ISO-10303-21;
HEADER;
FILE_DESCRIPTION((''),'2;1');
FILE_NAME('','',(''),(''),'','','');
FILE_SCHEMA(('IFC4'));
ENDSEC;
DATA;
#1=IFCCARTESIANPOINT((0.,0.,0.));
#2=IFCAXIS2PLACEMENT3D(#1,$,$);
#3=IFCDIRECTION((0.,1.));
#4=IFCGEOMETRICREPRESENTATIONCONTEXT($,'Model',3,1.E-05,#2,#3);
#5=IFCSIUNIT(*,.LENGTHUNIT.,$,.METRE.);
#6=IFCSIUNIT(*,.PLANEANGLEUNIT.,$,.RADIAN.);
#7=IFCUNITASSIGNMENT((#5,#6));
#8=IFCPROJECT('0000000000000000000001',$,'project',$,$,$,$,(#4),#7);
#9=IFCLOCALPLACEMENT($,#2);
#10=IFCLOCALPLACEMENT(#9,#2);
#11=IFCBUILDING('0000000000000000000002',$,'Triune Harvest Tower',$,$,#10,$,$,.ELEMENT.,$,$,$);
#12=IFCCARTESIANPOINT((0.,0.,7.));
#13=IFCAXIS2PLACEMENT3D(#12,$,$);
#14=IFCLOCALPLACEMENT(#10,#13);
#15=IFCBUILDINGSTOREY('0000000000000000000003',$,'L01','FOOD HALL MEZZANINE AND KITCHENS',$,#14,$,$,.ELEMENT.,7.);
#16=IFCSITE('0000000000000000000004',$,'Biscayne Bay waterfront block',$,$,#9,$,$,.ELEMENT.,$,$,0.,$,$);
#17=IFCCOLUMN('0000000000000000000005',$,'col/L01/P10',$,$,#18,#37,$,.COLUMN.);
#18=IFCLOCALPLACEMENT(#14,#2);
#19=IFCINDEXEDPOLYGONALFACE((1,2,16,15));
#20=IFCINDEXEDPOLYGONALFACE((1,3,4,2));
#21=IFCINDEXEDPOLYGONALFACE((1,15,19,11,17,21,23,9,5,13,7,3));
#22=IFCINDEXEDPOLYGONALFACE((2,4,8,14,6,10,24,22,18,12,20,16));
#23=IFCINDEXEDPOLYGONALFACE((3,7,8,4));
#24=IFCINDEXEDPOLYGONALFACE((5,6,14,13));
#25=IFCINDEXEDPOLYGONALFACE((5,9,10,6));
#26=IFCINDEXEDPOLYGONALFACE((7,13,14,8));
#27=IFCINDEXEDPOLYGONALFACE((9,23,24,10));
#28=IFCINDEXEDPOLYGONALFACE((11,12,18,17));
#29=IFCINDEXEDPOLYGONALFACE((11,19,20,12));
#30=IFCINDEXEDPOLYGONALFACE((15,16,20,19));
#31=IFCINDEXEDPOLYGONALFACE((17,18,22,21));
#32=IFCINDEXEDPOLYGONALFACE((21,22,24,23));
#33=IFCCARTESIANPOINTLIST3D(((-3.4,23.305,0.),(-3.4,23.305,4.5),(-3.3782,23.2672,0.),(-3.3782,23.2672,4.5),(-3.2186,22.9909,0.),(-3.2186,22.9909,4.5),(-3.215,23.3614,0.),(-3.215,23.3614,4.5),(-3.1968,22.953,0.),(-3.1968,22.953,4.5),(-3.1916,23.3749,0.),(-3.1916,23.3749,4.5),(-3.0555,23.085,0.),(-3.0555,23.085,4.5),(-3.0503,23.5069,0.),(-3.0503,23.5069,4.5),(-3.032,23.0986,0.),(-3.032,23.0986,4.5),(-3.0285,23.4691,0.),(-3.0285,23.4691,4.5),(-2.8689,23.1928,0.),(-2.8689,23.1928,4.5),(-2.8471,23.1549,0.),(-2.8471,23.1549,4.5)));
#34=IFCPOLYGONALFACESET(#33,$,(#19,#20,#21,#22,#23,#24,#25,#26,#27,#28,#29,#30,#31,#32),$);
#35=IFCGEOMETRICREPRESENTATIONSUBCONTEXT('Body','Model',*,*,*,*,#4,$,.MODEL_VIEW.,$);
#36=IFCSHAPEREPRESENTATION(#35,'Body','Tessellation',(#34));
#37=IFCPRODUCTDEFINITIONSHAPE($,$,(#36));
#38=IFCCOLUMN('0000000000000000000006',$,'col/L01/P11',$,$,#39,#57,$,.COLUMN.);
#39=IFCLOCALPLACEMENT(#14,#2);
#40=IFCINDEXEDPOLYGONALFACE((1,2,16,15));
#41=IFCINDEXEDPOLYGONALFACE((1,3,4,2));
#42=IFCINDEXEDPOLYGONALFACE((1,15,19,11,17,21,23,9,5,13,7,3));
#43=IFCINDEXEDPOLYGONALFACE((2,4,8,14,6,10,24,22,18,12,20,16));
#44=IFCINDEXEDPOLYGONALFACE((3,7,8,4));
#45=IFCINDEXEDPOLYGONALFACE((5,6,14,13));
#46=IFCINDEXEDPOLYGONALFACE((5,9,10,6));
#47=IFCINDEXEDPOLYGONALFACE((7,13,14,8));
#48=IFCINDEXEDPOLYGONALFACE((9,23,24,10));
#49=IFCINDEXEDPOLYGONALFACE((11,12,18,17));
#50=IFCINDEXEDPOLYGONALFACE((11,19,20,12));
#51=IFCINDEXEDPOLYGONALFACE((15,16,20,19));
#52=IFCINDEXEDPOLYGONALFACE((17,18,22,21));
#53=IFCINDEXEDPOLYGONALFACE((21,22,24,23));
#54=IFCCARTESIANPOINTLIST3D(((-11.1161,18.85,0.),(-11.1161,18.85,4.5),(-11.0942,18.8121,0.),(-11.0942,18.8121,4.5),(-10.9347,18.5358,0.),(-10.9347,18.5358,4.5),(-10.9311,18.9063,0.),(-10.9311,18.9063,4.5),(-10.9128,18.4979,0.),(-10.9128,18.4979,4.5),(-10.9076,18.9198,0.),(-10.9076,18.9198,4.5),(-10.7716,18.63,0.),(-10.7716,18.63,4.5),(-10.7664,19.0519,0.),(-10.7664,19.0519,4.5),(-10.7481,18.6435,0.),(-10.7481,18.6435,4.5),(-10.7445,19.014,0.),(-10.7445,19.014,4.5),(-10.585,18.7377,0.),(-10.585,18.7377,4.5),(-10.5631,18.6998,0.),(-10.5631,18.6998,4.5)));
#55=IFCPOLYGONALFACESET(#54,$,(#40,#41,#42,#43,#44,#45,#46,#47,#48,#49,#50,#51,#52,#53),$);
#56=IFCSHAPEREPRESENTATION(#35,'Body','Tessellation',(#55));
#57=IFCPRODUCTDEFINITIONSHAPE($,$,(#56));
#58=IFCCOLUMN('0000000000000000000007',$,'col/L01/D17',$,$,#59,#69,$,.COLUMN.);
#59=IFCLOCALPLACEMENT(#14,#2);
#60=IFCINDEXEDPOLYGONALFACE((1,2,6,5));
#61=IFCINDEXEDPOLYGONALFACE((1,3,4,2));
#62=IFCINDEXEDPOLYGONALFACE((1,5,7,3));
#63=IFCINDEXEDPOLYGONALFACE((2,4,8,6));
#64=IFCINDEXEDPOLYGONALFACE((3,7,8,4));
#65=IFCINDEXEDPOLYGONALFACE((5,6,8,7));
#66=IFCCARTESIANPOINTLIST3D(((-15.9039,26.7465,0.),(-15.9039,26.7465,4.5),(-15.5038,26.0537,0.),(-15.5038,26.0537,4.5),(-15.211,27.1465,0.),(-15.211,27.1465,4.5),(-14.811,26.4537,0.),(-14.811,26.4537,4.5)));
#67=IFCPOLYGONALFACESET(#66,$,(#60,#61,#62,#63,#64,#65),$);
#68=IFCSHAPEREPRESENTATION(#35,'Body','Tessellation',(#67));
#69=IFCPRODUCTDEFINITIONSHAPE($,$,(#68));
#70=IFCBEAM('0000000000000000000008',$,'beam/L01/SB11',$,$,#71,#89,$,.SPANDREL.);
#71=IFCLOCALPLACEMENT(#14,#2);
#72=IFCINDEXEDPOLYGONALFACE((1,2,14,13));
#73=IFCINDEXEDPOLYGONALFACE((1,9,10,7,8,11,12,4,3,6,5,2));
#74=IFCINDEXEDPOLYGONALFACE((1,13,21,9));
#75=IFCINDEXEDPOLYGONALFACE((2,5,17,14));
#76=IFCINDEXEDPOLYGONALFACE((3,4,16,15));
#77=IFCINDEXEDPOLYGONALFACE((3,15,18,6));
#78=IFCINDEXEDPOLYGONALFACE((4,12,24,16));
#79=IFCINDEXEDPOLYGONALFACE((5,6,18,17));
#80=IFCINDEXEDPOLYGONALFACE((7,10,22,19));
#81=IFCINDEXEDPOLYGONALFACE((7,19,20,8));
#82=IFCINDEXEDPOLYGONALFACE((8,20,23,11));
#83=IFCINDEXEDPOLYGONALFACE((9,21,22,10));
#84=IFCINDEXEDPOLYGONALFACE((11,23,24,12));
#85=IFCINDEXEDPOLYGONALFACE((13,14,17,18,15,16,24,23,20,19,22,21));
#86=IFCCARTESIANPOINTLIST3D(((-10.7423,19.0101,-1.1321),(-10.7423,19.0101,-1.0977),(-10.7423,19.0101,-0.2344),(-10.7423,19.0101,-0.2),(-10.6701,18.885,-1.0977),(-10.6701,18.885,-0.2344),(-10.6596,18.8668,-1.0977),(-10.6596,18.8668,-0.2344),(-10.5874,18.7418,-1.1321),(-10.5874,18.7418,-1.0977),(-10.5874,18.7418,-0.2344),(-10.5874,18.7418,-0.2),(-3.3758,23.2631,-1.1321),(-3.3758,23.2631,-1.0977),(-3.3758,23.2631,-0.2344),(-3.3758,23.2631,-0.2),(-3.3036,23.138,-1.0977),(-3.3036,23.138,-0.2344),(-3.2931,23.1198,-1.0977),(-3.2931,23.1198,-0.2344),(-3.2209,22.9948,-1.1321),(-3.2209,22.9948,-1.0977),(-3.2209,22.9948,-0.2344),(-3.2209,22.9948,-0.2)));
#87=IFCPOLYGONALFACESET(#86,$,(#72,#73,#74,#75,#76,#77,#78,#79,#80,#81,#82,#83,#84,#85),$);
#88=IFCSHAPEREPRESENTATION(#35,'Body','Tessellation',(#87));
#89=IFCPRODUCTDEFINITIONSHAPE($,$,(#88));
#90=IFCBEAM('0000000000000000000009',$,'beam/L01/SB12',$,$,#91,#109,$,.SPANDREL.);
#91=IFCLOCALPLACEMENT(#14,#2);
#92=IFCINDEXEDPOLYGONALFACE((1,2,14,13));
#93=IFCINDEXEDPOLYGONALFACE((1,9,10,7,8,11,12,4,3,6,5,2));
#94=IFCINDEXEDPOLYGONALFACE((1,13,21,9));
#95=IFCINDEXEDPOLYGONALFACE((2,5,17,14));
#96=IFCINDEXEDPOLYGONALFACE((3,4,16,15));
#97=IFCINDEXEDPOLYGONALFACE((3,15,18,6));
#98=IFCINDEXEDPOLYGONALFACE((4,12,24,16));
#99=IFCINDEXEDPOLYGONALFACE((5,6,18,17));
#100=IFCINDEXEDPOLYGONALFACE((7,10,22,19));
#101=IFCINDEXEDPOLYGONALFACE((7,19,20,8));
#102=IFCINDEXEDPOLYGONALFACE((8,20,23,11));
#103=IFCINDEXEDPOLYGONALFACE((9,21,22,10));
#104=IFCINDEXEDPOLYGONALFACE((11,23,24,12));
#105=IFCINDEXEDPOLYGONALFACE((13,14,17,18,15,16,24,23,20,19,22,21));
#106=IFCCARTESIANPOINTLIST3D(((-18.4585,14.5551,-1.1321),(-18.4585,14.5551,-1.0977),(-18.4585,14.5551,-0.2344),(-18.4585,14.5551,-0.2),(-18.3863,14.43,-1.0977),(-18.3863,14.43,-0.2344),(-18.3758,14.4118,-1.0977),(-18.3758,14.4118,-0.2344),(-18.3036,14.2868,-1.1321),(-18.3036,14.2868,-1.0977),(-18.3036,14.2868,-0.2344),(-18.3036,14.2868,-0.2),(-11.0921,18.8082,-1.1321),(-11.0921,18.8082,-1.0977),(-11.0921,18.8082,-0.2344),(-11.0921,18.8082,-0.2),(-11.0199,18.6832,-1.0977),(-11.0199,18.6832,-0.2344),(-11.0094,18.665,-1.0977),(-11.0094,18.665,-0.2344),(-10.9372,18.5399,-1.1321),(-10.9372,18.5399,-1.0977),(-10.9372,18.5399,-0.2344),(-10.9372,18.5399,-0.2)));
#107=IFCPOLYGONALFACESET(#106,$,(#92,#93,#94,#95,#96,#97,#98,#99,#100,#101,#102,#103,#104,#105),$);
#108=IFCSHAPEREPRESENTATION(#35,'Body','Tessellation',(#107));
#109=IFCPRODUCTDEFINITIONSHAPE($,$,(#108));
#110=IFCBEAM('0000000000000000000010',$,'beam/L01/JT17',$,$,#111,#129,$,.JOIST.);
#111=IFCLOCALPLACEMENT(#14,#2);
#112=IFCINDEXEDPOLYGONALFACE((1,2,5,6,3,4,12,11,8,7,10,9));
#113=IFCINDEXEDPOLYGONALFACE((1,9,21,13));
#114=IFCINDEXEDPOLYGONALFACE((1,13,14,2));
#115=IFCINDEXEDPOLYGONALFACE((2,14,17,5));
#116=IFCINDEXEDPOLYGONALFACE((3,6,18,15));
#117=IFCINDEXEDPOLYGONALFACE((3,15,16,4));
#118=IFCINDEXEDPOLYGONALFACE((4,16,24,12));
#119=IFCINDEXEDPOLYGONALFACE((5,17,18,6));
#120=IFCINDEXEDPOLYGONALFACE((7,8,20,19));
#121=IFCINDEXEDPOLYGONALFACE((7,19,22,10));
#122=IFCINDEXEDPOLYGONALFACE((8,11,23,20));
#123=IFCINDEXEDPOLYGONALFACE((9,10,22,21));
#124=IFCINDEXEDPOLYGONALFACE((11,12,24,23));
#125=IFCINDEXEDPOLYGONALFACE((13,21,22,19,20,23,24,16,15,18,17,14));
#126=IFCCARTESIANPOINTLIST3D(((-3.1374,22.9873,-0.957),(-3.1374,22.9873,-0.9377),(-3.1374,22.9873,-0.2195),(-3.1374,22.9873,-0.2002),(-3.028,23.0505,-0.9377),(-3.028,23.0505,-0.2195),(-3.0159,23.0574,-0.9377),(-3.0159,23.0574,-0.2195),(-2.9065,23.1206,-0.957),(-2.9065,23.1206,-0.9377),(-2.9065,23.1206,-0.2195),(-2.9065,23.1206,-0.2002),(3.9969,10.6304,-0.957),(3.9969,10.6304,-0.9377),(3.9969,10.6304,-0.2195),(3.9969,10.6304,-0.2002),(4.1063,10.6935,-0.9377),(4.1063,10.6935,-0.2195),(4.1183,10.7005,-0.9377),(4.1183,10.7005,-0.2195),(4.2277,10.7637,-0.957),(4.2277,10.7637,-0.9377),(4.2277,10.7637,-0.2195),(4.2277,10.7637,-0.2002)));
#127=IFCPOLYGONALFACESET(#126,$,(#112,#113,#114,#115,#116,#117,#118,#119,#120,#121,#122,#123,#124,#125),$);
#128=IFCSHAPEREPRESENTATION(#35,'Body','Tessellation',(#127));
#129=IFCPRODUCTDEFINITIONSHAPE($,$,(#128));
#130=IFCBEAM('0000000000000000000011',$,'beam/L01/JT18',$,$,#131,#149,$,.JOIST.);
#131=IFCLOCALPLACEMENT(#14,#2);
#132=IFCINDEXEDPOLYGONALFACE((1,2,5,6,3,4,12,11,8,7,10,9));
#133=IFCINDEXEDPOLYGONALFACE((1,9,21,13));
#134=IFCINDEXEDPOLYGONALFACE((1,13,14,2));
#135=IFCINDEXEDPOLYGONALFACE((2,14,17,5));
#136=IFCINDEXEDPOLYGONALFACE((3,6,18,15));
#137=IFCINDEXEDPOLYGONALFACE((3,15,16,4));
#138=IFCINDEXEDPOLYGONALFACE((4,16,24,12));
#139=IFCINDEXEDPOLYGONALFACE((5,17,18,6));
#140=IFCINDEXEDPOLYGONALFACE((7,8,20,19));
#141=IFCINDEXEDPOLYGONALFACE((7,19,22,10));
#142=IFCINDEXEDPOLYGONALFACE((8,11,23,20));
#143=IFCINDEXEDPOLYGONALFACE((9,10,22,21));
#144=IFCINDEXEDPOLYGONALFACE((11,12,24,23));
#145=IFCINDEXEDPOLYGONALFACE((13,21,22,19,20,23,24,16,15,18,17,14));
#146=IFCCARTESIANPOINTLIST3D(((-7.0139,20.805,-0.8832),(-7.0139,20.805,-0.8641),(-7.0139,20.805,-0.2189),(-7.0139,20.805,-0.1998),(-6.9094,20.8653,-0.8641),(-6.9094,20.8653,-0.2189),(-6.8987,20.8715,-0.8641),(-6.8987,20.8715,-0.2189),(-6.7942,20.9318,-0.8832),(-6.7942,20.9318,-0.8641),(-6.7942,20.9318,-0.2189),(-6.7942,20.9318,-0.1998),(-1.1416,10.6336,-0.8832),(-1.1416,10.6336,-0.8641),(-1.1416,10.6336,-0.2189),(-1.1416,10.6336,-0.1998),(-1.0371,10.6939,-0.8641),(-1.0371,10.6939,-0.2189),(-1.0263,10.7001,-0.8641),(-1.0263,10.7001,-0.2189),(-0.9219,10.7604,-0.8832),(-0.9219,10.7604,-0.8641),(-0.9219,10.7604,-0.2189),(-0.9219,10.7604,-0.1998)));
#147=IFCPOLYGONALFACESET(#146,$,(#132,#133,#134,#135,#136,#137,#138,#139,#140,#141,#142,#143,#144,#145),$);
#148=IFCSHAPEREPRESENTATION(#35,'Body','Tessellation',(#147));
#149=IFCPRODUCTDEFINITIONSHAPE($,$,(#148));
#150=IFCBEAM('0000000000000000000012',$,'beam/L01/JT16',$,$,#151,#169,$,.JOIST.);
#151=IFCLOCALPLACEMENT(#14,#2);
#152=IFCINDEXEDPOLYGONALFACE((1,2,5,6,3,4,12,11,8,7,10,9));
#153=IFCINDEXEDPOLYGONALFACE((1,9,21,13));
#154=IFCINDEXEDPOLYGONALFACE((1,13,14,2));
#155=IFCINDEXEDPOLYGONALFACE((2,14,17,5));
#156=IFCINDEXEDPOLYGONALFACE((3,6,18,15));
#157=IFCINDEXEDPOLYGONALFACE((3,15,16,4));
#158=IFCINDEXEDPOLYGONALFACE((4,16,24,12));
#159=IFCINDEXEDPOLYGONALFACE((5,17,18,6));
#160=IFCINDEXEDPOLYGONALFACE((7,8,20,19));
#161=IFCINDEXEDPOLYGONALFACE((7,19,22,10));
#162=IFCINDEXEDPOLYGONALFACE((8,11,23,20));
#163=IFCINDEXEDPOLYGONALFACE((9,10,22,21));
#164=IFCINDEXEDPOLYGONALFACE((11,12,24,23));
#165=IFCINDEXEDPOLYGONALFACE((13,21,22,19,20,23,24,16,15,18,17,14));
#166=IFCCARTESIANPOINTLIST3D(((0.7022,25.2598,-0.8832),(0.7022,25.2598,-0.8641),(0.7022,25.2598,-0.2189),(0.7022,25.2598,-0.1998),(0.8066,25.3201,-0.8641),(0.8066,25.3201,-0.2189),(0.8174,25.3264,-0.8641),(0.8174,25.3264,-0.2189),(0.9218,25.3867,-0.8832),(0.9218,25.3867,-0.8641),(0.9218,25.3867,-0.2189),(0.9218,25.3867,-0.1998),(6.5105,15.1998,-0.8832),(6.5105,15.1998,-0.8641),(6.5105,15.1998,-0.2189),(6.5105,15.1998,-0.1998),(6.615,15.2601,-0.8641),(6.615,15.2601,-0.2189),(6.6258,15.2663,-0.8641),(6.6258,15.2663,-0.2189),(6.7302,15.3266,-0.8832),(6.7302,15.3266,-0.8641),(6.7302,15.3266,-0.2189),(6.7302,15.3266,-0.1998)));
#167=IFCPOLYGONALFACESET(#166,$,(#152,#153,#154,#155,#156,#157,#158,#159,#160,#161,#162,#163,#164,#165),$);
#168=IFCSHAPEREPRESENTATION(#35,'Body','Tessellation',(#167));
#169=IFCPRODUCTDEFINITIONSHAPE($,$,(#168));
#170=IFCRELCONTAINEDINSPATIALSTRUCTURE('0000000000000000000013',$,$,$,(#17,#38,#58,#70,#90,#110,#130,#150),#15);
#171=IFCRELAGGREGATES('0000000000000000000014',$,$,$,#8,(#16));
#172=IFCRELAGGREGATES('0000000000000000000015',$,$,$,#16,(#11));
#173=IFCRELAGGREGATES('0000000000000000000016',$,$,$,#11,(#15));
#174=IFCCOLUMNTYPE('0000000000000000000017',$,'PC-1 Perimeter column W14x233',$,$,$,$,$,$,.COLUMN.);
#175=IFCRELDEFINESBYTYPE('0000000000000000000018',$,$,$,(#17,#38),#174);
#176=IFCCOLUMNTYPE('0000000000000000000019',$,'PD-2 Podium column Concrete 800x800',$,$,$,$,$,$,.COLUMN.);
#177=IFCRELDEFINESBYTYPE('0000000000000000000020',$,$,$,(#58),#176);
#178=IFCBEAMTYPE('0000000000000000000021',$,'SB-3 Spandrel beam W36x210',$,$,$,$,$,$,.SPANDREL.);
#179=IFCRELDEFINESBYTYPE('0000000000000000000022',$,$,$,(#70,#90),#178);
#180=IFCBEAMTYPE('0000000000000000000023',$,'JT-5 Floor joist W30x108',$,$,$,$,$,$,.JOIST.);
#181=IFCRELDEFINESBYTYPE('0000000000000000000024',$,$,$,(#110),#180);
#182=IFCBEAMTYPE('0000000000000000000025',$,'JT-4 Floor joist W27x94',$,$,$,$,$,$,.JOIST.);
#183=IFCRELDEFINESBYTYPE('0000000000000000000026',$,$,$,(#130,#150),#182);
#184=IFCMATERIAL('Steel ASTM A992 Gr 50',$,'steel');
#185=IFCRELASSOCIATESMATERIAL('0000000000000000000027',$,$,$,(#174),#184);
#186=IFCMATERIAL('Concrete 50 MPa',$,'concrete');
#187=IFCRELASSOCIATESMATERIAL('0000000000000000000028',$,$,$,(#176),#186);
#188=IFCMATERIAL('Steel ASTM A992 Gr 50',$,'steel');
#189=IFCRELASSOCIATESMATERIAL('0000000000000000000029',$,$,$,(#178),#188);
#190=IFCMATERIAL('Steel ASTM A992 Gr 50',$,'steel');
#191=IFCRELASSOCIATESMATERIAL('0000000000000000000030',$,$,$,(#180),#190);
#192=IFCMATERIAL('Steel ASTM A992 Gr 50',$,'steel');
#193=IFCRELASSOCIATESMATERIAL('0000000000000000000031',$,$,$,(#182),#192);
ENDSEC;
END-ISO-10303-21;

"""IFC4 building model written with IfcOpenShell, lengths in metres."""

from ifc_helpers import new_model, si_unit, direction, frame, origin, origin_2d, place, context, subcontext, project, spatial, rectangle, i_section, extrude, source, transform, mapped, material, material_profile, profile_set, type_object, element, save


model = new_model("IFC4")

# Units and contexts
model_context = context("Model", 3, precision=1e-05, world=origin(), true_north=direction((0.0, 1.0)))
body_context = subcontext(model_context, "Body", "Model", "MODEL_VIEW")
ifc_project = project(units=[si_unit("LENGTHUNIT", "METRE"), si_unit("PLANEANGLEUNIT", "RADIAN")], contexts=[model_context])

# Site, building, storey
site_placement = place(None, origin())
site = spatial("IfcSite", under=ifc_project, at=site_placement, Name="Biscayne Bay waterfront block", CompositionType="ELEMENT", RefElevation=0.0)
building_placement = place(site_placement, origin())
building = spatial("IfcBuilding", under=site, at=building_placement, Name="Triune Harvest Tower", CompositionType="ELEMENT")
storey_placement = place(building_placement, frame((0.0, 0.0, 7.0)))
storey = spatial("IfcBuildingStorey", under=building, at=storey_placement, Name="L01", Description="FOOD HALL MEZZANINE AND KITCHENS", CompositionType="ELEMENT", Elevation=7.0)

# Columns
ifc_material_1 = material(Name="Steel ASTM A992 Gr 50", Category="steel")
ifc_material_profile_1 = material_profile(ifc_material_1, i_section(OverallWidth=0.4038, OverallDepth=0.4065, WebThickness=0.0271, FlangeThickness=0.0437, at=origin_2d()), Name="W14x233")
ifc_profile_set_1 = profile_set([ifc_material_profile_1], Name="Steel ASTM A992 Gr 50")
column_type_1 = type_object("IfcColumnType", Name="PC-1 Perimeter column W14x233", PredefinedType="COLUMN", material=ifc_profile_set_1)
shared_shape_1 = source(origin(), body_context, "Body", "SweptSolid", [
    extrude(i_section(OverallWidth=0.4038, OverallDepth=0.4065, WebThickness=0.0271, FlangeThickness=0.0437, at=origin_2d()), origin(), (0.0, 0.0, 1.0), 4.5),
])
for number, where, z_axis, x_axis, name in (
    (1, (-3.1235, 23.23, 0.0), (0.0, 0.0, 1.0), (-0.866025, -0.5, 0.0), "col/L01/P10"),
    (2, (-10.8396, 18.7749, 0.0), (0.0, 0.0, 1.0), (-0.866025, -0.5, 0.0), "col/L01/P11"),
):
    element("IfcColumn", number, at=place(storey_placement, frame(where, z_axis=z_axis, x_axis=x_axis)), inside=storey, type_object=column_type_1, Name=name, PredefinedType="COLUMN", context=body_context, shape_type="MappedRepresentation", body=[
        mapped(shared_shape_1, transform((0.0, 0.0, 0.0), scale=1.0)),
    ])
ifc_material_2 = material(Name="Concrete 50 MPa", Category="concrete")
ifc_material_profile_2 = material_profile(ifc_material_2, rectangle(XDim=0.8, YDim=0.8, at=origin_2d()), Name="Concrete 800x800")
ifc_profile_set_2 = profile_set([ifc_material_profile_2], Name="Concrete 50 MPa")
column_type_2 = type_object("IfcColumnType", Name="PD-2 Podium column Concrete 800x800", PredefinedType="COLUMN", material=ifc_profile_set_2)
shared_shape_2 = source(origin(), body_context, "Body", "SweptSolid", [
    extrude(rectangle(XDim=0.8, YDim=0.8, at=origin_2d()), origin(), (0.0, 0.0, 1.0), 4.5),
])
column_placement = place(storey_placement, frame((-15.3574, 26.6001, 0.0), z_axis=(0.0, 0.0, 1.0), x_axis=(-0.866025, -0.5, 0.0)))
element("IfcColumn", 3, at=column_placement, inside=storey, type_object=column_type_2, Name="col/L01/D17", PredefinedType="COLUMN", context=body_context, shape_type="MappedRepresentation", body=[
    mapped(shared_shape_2, transform((0.0, 0.0, 0.0), scale=1.0)),
])

# Beams
ifc_material_3 = material(Name="Steel ASTM A992 Gr 50", Category="steel")
ifc_material_profile_3 = material_profile(ifc_material_3, i_section(OverallWidth=0.3098, OverallDepth=0.9321, WebThickness=0.021, FlangeThickness=0.0344, at=origin_2d()), Name="W36x210")
ifc_profile_set_3 = profile_set([ifc_material_profile_3], Name="Steel ASTM A992 Gr 50")
beam_type_1 = type_object("IfcBeamType", Name="SB-3 Spandrel beam W36x210", PredefinedType="SPANDREL", material=ifc_profile_set_3)
shared_shape_3 = source(origin(), body_context, "Body", "SweptSolid", [
    extrude(i_section(OverallWidth=0.3098, OverallDepth=0.9321, WebThickness=0.021, FlangeThickness=0.0344, at=origin_2d()), origin(), (0.0, 0.0, 1.0), 8.5061),
])
for number, where, z_axis, x_axis, name in (
    (4, (-3.2983, 23.1289, -0.666), (-0.86603, -0.499992, 0.0), (0.499992, -0.86603, 0.0), "beam/L01/SB11"),
    (5, (-11.0146, 18.6741, -0.666), (-0.866018, -0.500013, 0.0), (0.500013, -0.866018, 0.0), "beam/L01/SB12"),
):
    element("IfcBeam", number, at=place(storey_placement, frame(where, z_axis=z_axis, x_axis=x_axis)), inside=storey, type_object=beam_type_1, Name=name, PredefinedType="SPANDREL", context=body_context, shape_type="MappedRepresentation", body=[
        mapped(shared_shape_3, transform((0.0, 0.0, 0.0), scale=1.0)),
    ])
ifc_material_4 = material(Name="Steel ASTM A992 Gr 50", Category="steel")
ifc_material_profile_4 = material_profile(ifc_material_4, i_section(OverallWidth=0.2666, OverallDepth=0.7568, WebThickness=0.0139, FlangeThickness=0.0193, at=origin_2d()), Name="W30x108")
ifc_profile_set_4 = profile_set([ifc_material_profile_4], Name="Steel ASTM A992 Gr 50")
beam_type_2 = type_object("IfcBeamType", Name="JT-5 Floor joist W30x108", PredefinedType="JOIST", material=ifc_profile_set_4)
shared_shape_4 = source(origin(), body_context, "Body", "SweptSolid", [
    extrude(i_section(OverallWidth=0.2666, OverallDepth=0.7568, WebThickness=0.0139, FlangeThickness=0.0193, at=origin_2d()), origin(), (0.0, 0.0, 1.0), 14.2686),
])
beam_1_placement = place(storey_placement, frame((-3.022, 23.054, -0.5786), z_axis=(0.5, -0.866025, 0.0), x_axis=(0.866025, 0.5, 0.0)))
element("IfcBeam", 6, at=beam_1_placement, inside=storey, type_object=beam_type_2, Name="beam/L01/JT17", PredefinedType="JOIST", context=body_context, shape_type="MappedRepresentation", body=[
    mapped(shared_shape_4, transform((0.0, 0.0, 0.0), scale=1.0)),
])
ifc_material_5 = material(Name="Steel ASTM A992 Gr 50", Category="steel")
ifc_material_profile_5 = material_profile(ifc_material_5, i_section(OverallWidth=0.2537, OverallDepth=0.6833, WebThickness=0.0125, FlangeThickness=0.019, at=origin_2d()), Name="W27x94")
ifc_profile_set_5 = profile_set([ifc_material_profile_5], Name="Steel ASTM A992 Gr 50")
beam_type_3 = type_object("IfcBeamType", Name="JT-4 Floor joist W27x94", PredefinedType="JOIST", material=ifc_profile_set_5)
shared_shape_5 = source(origin(), body_context, "Body", "SweptSolid", [
    extrude(i_section(OverallWidth=0.2537, OverallDepth=0.6833, WebThickness=0.0125, FlangeThickness=0.019, at=origin_2d()), origin(), (0.0, 0.0, 1.0), 11.7449),
])
beam_2_placement = place(storey_placement, frame((-6.9041, 20.8684, -0.5415), z_axis=(0.499991, -0.866031, 0.0), x_axis=(0.866031, 0.499991, 0.0)))
element("IfcBeam", 7, at=beam_2_placement, inside=storey, type_object=beam_type_3, Name="beam/L01/JT18", PredefinedType="JOIST", context=body_context, shape_type="MappedRepresentation", body=[
    mapped(shared_shape_5, transform((0.0, 0.0, 0.0), scale=1.0)),
])
shared_shape_6 = source(origin(), body_context, "Body", "SweptSolid", [
    extrude(i_section(OverallWidth=0.2537, OverallDepth=0.6833, WebThickness=0.0125, FlangeThickness=0.019, at=origin_2d()), origin(), (0.0, 0.0, 1.0), 11.6165),
])
beam_3_placement = place(storey_placement, frame((0.812, 25.3232, -0.5415), z_axis=(0.500011, -0.866019, 0.0), x_axis=(0.866019, 0.500011, 0.0)))
element("IfcBeam", 8, at=beam_3_placement, inside=storey, type_object=beam_type_3, Name="beam/L01/JT16", PredefinedType="JOIST", context=body_context, shape_type="MappedRepresentation", body=[
    mapped(shared_shape_6, transform((0.0, 0.0, 0.0), scale=1.0)),
])

save(model, "model.ifc")
